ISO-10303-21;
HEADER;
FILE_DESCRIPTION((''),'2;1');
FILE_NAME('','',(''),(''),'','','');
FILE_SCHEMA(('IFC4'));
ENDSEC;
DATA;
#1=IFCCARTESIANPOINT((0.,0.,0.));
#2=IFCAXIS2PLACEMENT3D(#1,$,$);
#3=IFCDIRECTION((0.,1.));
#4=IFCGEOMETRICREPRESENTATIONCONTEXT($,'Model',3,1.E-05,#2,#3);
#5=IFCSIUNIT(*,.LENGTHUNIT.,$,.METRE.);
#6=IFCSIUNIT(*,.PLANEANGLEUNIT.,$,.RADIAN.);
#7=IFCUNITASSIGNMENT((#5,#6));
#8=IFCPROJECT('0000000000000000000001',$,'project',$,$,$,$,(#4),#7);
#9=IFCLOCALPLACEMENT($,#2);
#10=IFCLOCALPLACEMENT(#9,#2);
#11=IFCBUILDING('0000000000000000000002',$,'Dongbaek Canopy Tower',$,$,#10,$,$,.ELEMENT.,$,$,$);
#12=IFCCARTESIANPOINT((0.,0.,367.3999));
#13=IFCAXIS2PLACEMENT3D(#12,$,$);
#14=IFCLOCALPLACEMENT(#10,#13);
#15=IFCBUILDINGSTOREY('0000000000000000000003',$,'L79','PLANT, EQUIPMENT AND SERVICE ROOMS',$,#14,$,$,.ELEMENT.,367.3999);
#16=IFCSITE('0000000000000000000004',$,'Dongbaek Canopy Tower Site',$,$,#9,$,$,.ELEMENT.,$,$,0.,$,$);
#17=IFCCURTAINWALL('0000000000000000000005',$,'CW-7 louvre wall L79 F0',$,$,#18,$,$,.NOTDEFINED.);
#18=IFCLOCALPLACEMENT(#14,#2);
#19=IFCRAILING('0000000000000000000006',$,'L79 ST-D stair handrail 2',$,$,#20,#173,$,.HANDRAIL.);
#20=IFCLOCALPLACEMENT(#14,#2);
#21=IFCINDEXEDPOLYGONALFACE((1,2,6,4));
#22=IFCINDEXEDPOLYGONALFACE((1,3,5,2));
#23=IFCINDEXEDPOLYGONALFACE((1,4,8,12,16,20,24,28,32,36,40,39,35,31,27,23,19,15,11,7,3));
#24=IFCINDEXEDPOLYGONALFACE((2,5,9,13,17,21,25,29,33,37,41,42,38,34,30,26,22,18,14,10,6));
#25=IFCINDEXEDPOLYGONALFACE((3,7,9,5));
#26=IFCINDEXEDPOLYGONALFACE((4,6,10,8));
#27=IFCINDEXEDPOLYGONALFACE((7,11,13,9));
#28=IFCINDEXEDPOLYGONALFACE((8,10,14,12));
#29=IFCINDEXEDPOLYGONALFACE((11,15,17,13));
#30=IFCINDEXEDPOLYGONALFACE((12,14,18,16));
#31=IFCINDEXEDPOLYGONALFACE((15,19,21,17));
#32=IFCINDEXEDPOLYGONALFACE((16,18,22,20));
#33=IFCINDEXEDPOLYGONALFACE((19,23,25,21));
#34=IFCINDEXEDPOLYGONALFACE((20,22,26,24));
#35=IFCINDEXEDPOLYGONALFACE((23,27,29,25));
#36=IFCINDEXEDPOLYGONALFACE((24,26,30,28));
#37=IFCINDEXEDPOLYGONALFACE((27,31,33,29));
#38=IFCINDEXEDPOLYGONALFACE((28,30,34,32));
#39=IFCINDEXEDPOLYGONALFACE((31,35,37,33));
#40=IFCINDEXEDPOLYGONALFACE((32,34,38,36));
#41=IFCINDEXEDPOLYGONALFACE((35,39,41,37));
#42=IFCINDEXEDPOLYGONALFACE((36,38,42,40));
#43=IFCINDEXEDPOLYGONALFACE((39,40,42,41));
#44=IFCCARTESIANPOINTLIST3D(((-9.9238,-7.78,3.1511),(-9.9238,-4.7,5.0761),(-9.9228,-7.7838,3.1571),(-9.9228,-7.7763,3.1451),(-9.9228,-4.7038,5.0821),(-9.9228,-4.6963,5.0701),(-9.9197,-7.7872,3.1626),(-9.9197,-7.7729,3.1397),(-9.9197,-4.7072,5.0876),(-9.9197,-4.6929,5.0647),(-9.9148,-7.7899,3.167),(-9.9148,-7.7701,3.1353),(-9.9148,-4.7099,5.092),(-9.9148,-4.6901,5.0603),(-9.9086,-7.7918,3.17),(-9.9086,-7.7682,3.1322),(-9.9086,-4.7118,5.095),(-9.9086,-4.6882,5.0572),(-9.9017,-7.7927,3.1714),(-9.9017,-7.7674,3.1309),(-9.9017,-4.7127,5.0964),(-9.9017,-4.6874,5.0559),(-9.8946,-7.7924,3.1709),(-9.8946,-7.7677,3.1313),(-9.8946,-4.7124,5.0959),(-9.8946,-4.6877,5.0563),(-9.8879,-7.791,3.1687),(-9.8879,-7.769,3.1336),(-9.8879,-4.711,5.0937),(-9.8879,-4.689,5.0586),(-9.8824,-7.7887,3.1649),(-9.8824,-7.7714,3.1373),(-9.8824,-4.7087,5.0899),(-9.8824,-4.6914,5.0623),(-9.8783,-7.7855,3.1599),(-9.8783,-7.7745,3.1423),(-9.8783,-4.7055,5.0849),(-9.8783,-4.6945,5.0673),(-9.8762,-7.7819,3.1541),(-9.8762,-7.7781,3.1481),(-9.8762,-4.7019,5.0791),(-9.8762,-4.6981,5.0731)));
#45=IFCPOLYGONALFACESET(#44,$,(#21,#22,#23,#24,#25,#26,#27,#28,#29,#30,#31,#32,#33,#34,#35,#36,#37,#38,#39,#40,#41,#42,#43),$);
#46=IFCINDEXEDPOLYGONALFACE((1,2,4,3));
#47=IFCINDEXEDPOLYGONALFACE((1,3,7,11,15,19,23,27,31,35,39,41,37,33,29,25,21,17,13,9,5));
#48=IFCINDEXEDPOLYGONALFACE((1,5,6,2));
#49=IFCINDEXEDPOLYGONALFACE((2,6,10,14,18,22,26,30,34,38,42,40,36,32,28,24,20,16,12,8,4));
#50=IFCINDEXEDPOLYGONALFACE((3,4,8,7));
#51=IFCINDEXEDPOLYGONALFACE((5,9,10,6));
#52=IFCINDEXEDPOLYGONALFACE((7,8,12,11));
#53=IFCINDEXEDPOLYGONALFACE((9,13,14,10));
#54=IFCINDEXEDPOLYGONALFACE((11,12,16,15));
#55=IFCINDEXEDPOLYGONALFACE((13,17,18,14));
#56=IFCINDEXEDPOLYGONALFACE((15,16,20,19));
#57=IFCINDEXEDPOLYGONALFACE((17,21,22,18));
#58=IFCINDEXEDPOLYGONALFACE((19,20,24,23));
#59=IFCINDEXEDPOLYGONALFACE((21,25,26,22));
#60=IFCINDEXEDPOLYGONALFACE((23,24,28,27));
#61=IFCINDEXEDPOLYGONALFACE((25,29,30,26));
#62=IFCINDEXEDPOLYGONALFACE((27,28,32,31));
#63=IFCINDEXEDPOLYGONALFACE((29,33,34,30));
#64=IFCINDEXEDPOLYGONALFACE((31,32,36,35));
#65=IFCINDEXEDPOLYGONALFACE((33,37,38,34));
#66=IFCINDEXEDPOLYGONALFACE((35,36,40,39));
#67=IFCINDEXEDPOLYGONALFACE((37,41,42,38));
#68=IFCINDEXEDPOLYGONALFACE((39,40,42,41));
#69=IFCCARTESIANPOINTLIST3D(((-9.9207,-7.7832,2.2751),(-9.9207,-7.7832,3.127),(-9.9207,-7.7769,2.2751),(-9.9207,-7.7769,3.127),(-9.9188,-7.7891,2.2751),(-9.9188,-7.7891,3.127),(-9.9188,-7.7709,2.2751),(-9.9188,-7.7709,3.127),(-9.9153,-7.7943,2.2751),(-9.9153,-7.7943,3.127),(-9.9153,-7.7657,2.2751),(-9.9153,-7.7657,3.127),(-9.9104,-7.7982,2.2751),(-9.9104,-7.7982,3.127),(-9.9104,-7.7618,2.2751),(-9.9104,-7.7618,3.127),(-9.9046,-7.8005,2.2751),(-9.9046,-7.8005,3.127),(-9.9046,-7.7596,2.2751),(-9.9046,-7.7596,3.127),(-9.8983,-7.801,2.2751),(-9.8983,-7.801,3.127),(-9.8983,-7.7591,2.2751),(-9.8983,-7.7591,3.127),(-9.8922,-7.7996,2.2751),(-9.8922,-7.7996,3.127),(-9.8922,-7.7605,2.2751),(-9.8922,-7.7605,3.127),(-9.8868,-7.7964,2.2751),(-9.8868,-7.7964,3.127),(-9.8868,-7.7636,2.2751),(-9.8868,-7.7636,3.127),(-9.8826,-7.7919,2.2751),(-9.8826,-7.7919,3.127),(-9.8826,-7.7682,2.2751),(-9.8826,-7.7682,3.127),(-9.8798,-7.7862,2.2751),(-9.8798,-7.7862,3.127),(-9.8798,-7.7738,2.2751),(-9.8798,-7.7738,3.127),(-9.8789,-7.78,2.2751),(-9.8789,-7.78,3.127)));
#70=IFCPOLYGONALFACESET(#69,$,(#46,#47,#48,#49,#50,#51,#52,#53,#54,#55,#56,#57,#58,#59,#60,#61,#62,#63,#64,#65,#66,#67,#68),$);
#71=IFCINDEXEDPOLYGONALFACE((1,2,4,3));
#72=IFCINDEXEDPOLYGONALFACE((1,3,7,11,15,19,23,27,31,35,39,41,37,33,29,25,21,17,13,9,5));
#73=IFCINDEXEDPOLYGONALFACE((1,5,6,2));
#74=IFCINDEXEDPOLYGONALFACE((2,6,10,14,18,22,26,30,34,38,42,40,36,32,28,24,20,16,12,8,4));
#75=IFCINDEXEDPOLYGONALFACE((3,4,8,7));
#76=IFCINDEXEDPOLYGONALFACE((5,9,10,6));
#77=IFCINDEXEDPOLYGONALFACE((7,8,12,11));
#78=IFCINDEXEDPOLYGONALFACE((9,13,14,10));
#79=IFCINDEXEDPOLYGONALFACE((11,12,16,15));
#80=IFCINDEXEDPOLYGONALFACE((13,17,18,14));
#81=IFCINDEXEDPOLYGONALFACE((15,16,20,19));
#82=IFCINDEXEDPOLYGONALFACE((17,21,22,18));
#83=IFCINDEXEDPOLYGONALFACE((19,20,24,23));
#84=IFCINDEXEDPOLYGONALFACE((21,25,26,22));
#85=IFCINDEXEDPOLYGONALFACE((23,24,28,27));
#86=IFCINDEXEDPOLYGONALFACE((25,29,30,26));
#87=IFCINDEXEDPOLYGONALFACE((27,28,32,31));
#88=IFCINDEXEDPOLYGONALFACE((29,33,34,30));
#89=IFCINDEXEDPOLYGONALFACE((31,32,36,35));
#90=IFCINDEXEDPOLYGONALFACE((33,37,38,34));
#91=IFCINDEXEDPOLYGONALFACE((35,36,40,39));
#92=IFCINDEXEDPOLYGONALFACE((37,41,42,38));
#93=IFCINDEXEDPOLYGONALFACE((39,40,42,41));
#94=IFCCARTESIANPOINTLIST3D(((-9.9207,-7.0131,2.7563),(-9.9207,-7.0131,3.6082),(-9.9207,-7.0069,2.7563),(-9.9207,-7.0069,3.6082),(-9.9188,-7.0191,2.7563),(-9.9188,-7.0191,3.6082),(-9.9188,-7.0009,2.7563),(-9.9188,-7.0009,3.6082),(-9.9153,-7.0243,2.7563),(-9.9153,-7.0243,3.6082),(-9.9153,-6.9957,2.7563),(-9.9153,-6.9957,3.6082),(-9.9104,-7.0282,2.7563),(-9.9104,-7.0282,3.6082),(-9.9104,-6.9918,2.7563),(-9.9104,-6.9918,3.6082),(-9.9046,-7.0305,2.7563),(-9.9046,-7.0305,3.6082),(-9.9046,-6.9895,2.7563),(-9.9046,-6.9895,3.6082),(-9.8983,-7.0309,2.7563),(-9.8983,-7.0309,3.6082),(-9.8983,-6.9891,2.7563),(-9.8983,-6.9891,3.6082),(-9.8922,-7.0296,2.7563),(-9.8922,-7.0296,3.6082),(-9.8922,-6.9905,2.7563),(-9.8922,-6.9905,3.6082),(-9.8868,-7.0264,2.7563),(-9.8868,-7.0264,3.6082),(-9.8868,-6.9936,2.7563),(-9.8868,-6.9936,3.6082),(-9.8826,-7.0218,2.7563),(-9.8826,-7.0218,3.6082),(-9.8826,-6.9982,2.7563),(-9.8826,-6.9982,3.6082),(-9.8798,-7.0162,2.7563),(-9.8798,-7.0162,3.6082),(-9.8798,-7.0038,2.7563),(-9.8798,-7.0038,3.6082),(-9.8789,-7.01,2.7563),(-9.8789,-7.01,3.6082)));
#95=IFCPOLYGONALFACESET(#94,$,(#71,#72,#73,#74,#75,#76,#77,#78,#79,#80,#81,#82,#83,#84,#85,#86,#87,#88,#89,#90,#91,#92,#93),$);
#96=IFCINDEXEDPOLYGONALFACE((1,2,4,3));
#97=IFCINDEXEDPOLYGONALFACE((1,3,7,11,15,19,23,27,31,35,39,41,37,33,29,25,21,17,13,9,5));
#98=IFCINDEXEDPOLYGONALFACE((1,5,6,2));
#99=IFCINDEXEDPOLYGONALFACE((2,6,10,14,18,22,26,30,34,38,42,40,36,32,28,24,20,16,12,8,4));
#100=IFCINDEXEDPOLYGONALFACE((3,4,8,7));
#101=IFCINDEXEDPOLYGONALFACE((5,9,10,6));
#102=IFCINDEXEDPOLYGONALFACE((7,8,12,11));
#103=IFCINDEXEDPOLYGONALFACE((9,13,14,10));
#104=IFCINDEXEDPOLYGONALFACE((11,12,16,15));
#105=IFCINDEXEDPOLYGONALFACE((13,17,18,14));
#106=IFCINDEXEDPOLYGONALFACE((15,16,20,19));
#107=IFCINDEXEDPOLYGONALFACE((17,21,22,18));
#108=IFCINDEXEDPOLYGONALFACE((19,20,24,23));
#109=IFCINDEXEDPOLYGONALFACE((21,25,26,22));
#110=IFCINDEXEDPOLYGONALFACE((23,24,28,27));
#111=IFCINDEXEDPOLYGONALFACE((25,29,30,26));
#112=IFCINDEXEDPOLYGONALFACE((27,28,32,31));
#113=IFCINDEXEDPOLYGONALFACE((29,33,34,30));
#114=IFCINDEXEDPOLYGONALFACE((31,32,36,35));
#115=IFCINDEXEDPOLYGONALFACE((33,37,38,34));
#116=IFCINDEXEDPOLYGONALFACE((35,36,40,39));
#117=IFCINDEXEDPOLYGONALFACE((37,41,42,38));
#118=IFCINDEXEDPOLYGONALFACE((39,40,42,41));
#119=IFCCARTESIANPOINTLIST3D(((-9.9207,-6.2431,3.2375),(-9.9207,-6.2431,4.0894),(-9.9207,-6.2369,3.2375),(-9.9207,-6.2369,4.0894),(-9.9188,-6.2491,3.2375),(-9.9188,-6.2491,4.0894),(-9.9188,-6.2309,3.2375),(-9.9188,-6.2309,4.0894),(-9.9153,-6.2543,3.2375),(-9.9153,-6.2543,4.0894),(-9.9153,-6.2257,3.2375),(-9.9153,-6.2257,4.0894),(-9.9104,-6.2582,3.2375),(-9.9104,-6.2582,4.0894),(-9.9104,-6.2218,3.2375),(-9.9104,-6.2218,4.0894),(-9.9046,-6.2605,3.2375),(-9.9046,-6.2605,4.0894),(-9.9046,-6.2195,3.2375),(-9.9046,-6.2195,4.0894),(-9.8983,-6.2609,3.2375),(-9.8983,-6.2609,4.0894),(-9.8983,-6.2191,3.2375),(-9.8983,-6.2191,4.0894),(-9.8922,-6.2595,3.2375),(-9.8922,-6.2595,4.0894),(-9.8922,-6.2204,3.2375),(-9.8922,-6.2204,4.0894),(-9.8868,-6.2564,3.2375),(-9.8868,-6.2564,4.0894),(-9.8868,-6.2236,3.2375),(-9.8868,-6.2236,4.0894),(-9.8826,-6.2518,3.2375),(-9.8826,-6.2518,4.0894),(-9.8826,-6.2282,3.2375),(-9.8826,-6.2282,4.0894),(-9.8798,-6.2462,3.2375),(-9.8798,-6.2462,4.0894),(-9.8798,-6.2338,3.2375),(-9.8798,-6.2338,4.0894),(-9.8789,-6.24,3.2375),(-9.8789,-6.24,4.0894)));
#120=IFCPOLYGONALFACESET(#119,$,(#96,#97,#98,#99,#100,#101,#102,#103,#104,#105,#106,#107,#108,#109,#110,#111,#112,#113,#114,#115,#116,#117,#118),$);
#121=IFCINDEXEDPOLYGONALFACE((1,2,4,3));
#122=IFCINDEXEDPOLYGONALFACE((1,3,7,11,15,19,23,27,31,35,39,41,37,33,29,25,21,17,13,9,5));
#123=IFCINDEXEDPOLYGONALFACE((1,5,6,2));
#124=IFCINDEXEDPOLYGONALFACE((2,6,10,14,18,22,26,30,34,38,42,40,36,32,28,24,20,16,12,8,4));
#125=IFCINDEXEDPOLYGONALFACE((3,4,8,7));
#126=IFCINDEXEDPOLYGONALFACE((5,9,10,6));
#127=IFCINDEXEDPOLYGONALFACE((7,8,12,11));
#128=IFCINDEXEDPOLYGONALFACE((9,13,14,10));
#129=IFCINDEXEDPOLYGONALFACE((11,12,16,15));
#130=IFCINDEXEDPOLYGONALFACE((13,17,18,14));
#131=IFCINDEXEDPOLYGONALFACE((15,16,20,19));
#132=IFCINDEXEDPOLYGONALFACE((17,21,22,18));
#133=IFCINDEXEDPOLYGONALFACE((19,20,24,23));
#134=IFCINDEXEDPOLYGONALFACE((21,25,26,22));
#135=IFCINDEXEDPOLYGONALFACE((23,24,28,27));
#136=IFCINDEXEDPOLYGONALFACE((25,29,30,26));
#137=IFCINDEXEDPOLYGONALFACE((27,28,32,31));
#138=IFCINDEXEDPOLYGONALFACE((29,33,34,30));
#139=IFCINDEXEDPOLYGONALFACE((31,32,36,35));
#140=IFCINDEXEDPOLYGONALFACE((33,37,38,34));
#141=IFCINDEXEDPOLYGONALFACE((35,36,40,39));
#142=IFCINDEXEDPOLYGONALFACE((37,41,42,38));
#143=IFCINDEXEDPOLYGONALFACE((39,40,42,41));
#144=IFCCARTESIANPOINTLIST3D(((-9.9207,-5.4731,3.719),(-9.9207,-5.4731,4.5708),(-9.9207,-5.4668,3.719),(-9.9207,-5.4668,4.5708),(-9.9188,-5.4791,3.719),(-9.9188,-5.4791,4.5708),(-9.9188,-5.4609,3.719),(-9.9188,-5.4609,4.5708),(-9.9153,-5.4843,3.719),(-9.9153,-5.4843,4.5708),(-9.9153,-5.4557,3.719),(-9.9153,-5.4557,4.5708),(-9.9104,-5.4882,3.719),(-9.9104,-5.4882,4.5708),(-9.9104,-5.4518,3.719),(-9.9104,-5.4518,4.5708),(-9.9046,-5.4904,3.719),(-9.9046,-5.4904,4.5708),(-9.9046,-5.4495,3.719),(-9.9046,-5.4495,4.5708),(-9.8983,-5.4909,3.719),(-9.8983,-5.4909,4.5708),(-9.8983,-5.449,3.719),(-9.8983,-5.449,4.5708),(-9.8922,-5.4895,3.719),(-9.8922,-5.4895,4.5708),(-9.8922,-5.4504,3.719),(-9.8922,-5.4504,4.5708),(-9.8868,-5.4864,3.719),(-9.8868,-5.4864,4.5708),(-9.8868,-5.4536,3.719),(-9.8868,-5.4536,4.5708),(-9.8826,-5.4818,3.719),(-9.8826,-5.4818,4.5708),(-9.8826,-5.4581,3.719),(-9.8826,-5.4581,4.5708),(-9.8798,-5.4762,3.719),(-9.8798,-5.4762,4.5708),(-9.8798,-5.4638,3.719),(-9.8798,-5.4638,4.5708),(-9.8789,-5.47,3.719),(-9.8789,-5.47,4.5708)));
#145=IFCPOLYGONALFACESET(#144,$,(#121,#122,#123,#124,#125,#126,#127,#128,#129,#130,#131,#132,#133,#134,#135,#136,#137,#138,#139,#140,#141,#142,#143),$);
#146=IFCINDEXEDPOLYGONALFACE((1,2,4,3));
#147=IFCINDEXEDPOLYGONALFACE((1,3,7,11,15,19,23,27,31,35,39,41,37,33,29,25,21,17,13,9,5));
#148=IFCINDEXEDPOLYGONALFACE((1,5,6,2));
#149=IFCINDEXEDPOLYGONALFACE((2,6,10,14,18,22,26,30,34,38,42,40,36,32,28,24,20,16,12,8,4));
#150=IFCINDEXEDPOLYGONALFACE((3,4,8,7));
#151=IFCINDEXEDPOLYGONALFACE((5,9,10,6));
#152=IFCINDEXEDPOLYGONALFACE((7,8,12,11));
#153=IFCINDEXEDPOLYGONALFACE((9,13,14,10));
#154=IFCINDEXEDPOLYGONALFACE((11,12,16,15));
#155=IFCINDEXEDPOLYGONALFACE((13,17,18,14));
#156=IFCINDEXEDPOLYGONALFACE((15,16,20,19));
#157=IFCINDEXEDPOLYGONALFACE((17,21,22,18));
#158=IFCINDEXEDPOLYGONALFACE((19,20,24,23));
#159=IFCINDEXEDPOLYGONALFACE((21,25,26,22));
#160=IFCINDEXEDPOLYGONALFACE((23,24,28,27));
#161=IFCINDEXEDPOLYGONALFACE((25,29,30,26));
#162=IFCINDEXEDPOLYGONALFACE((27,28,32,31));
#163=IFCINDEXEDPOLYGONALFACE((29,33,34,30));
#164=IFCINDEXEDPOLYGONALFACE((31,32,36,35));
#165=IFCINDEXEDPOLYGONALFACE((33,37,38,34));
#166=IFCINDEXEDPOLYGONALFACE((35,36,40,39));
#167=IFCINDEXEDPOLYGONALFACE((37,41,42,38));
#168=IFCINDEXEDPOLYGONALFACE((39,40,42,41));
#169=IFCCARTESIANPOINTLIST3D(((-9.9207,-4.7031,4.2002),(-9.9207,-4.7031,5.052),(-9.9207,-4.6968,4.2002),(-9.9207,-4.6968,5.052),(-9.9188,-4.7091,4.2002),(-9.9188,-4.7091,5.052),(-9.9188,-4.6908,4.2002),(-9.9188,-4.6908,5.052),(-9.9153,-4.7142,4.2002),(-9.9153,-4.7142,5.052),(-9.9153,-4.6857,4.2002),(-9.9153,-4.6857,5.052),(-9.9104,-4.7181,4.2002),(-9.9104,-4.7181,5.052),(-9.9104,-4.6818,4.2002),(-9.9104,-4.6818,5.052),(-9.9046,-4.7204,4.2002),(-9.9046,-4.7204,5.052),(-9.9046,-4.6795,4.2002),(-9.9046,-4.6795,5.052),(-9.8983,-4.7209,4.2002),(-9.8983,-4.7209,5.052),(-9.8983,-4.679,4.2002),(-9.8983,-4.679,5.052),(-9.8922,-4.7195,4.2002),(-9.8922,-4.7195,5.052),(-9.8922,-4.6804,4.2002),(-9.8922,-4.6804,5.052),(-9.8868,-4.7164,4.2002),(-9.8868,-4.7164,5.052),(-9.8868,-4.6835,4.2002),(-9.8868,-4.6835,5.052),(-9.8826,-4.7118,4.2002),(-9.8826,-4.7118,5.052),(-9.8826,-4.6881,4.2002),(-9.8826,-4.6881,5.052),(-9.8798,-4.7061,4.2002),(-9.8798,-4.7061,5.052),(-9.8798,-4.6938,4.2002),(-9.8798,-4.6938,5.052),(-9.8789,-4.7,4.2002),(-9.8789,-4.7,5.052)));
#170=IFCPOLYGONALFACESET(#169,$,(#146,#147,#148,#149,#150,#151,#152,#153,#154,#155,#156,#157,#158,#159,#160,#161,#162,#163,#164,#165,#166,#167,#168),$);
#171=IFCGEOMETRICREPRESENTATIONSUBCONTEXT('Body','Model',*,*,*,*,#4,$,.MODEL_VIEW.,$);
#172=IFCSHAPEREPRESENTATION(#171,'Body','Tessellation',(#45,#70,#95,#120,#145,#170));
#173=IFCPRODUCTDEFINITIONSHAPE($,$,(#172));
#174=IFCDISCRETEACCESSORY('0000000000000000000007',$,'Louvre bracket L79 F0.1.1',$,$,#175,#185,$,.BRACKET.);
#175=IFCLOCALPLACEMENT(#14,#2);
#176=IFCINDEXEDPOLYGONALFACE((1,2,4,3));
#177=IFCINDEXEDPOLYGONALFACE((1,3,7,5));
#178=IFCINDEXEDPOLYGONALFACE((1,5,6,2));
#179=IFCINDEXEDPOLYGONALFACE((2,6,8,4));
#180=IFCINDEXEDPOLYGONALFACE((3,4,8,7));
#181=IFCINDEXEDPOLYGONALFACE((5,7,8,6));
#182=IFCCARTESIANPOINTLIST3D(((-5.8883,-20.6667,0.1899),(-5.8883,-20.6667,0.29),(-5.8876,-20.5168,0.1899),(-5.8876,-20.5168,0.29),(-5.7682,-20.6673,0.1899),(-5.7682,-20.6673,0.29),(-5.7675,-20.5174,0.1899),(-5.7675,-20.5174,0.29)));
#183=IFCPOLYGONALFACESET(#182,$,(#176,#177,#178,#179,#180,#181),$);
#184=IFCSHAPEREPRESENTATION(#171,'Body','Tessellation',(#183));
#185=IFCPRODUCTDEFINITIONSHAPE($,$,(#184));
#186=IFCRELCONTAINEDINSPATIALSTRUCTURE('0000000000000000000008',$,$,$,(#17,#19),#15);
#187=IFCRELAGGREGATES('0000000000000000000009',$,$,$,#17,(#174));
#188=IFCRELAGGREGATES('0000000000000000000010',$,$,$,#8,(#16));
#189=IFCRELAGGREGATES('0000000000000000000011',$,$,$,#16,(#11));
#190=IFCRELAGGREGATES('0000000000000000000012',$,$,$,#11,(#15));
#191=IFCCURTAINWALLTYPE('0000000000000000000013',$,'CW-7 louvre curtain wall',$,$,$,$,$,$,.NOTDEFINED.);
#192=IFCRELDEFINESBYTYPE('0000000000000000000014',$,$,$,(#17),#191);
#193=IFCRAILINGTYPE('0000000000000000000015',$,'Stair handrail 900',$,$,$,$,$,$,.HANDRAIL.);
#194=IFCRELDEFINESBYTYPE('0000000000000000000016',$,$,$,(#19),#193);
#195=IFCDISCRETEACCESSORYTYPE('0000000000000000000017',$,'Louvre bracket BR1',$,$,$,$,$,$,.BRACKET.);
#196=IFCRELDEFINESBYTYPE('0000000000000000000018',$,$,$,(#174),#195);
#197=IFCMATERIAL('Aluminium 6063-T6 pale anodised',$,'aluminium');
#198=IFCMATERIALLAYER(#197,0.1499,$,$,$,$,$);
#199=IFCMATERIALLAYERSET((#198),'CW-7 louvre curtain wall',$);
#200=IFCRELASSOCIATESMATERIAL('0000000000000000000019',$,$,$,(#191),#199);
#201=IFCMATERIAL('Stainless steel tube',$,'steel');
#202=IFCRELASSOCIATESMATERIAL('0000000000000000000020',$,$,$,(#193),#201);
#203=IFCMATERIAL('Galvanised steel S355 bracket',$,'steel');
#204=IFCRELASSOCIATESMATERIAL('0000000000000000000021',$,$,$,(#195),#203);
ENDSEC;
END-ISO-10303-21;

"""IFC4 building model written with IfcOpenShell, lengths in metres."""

from ifc_helpers import new_model, si_unit, direction, frame, origin, origin_2d, place, context, subcontext, project, spatial, rectangle, circle, extrude, material, layer, layer_set, type_object, element, aggregate, save


model = new_model("IFC4")

# Units and contexts
model_context = context("Model", 3, precision=1e-05, world=origin(), true_north=direction((0.0, 1.0)))
body_context = subcontext(model_context, "Body", "Model", "MODEL_VIEW")
ifc_project = project(units=[si_unit("LENGTHUNIT", "METRE"), si_unit("PLANEANGLEUNIT", "RADIAN")], contexts=[model_context])

# Site, building, storey
site_placement = place(None, origin())
site = spatial("IfcSite", under=ifc_project, at=site_placement, Name="Dongbaek Canopy Tower Site", CompositionType="ELEMENT", RefElevation=0.0)
building_placement = place(site_placement, origin())
building = spatial("IfcBuilding", under=site, at=building_placement, Name="Dongbaek Canopy Tower", CompositionType="ELEMENT")
storey_placement = place(building_placement, frame((0.0, 0.0, 367.3999)))
storey = spatial("IfcBuildingStorey", under=building, at=storey_placement, Name="L79", Description="PLANT, EQUIPMENT AND SERVICE ROOMS", CompositionType="ELEMENT", Elevation=367.3999)

# Curtain wall
ifc_material_1 = material(Name="Aluminium 6063-T6 pale anodised", Category="aluminium")
ifc_layer_1 = layer(ifc_material_1, 0.1499)
ifc_layer_set_1 = layer_set([ifc_layer_1], Name="CW-7 louvre curtain wall")
curtain_wall_type = type_object("IfcCurtainWallType", Name="CW-7 louvre curtain wall", PredefinedType="NOTDEFINED", material=ifc_layer_set_1)
curtain_wall_1_placement = place(storey_placement, origin())
curtain_wall_1 = element("IfcCurtainWall", 1, at=curtain_wall_1_placement, inside=storey, type_object=curtain_wall_type, Name="CW-7 louvre wall L79 F0", PredefinedType="NOTDEFINED")

# Railing
ifc_material_2 = material(Name="Stainless steel tube", Category="steel")
railing_type_1 = type_object("IfcRailingType", Name="Stair handrail 900", PredefinedType="HANDRAIL", material=ifc_material_2)
railing_1_placement = place(storey_placement, frame((-9.8999, -7.78, 2.2751)))
element("IfcRailing", 2, at=railing_1_placement, inside=storey, type_object=railing_type_1, Name="L79 ST-D stair handrail 2", PredefinedType="HANDRAIL", context=body_context, shape_type="SweptSolid", body=[
    extrude(circle(Radius=0.0239, at=origin_2d()), frame((0.0, 0.0, 0.876), z_axis=(0.0, 0.847998, 0.529999), x_axis=(-1.0, 0.0, 0.0)), (0.0, 0.0, 1.0), 3.6321),
    extrude(circle(Radius=0.021, at=origin_2d()), origin(), (0.0, 0.0, 1.0), 0.8518),
    extrude(circle(Radius=0.021, at=origin_2d()), frame((0.0, 0.77, 0.4812)), (0.0, 0.0, 1.0), 0.8518),
    extrude(circle(Radius=0.021, at=origin_2d()), frame((0.0, 1.54, 0.9624)), (0.0, 0.0, 1.0), 0.8518),
    extrude(circle(Radius=0.021, at=origin_2d()), frame((0.0, 2.3101, 1.4438)), (0.0, 0.0, 1.0), 0.8518),
    extrude(circle(Radius=0.021, at=origin_2d()), frame((0.0, 3.0801, 1.925)), (0.0, 0.0, 1.0), 0.8518),
])

# Discrete accessory
ifc_material_3 = material(Name="Galvanised steel S355 bracket", Category="steel")
discrete_accessory_type = type_object("IfcDiscreteAccessoryType", Name="Louvre bracket BR1", PredefinedType="BRACKET", material=ifc_material_3)
discrete_accessory_placement = place(storey_placement, frame((-5.8279, -20.592, 0.1899), z_axis=(0.0, 0.0, 1.0), x_axis=(0.99999, -0.004466, 0.0)))
discrete_accessory = element("IfcDiscreteAccessory", 3, at=discrete_accessory_placement, type_object=discrete_accessory_type, Name="Louvre bracket L79 F0.1.1", PredefinedType="BRACKET", context=body_context, shape_type="SweptSolid", body=[
    extrude(rectangle(XDim=0.1201, YDim=0.1499, at=origin_2d()), origin(), (0.0, 0.0, 1.0), 0.1001),
])
aggregate(curtain_wall_1, [discrete_accessory])

save(model, "model.ifc")
